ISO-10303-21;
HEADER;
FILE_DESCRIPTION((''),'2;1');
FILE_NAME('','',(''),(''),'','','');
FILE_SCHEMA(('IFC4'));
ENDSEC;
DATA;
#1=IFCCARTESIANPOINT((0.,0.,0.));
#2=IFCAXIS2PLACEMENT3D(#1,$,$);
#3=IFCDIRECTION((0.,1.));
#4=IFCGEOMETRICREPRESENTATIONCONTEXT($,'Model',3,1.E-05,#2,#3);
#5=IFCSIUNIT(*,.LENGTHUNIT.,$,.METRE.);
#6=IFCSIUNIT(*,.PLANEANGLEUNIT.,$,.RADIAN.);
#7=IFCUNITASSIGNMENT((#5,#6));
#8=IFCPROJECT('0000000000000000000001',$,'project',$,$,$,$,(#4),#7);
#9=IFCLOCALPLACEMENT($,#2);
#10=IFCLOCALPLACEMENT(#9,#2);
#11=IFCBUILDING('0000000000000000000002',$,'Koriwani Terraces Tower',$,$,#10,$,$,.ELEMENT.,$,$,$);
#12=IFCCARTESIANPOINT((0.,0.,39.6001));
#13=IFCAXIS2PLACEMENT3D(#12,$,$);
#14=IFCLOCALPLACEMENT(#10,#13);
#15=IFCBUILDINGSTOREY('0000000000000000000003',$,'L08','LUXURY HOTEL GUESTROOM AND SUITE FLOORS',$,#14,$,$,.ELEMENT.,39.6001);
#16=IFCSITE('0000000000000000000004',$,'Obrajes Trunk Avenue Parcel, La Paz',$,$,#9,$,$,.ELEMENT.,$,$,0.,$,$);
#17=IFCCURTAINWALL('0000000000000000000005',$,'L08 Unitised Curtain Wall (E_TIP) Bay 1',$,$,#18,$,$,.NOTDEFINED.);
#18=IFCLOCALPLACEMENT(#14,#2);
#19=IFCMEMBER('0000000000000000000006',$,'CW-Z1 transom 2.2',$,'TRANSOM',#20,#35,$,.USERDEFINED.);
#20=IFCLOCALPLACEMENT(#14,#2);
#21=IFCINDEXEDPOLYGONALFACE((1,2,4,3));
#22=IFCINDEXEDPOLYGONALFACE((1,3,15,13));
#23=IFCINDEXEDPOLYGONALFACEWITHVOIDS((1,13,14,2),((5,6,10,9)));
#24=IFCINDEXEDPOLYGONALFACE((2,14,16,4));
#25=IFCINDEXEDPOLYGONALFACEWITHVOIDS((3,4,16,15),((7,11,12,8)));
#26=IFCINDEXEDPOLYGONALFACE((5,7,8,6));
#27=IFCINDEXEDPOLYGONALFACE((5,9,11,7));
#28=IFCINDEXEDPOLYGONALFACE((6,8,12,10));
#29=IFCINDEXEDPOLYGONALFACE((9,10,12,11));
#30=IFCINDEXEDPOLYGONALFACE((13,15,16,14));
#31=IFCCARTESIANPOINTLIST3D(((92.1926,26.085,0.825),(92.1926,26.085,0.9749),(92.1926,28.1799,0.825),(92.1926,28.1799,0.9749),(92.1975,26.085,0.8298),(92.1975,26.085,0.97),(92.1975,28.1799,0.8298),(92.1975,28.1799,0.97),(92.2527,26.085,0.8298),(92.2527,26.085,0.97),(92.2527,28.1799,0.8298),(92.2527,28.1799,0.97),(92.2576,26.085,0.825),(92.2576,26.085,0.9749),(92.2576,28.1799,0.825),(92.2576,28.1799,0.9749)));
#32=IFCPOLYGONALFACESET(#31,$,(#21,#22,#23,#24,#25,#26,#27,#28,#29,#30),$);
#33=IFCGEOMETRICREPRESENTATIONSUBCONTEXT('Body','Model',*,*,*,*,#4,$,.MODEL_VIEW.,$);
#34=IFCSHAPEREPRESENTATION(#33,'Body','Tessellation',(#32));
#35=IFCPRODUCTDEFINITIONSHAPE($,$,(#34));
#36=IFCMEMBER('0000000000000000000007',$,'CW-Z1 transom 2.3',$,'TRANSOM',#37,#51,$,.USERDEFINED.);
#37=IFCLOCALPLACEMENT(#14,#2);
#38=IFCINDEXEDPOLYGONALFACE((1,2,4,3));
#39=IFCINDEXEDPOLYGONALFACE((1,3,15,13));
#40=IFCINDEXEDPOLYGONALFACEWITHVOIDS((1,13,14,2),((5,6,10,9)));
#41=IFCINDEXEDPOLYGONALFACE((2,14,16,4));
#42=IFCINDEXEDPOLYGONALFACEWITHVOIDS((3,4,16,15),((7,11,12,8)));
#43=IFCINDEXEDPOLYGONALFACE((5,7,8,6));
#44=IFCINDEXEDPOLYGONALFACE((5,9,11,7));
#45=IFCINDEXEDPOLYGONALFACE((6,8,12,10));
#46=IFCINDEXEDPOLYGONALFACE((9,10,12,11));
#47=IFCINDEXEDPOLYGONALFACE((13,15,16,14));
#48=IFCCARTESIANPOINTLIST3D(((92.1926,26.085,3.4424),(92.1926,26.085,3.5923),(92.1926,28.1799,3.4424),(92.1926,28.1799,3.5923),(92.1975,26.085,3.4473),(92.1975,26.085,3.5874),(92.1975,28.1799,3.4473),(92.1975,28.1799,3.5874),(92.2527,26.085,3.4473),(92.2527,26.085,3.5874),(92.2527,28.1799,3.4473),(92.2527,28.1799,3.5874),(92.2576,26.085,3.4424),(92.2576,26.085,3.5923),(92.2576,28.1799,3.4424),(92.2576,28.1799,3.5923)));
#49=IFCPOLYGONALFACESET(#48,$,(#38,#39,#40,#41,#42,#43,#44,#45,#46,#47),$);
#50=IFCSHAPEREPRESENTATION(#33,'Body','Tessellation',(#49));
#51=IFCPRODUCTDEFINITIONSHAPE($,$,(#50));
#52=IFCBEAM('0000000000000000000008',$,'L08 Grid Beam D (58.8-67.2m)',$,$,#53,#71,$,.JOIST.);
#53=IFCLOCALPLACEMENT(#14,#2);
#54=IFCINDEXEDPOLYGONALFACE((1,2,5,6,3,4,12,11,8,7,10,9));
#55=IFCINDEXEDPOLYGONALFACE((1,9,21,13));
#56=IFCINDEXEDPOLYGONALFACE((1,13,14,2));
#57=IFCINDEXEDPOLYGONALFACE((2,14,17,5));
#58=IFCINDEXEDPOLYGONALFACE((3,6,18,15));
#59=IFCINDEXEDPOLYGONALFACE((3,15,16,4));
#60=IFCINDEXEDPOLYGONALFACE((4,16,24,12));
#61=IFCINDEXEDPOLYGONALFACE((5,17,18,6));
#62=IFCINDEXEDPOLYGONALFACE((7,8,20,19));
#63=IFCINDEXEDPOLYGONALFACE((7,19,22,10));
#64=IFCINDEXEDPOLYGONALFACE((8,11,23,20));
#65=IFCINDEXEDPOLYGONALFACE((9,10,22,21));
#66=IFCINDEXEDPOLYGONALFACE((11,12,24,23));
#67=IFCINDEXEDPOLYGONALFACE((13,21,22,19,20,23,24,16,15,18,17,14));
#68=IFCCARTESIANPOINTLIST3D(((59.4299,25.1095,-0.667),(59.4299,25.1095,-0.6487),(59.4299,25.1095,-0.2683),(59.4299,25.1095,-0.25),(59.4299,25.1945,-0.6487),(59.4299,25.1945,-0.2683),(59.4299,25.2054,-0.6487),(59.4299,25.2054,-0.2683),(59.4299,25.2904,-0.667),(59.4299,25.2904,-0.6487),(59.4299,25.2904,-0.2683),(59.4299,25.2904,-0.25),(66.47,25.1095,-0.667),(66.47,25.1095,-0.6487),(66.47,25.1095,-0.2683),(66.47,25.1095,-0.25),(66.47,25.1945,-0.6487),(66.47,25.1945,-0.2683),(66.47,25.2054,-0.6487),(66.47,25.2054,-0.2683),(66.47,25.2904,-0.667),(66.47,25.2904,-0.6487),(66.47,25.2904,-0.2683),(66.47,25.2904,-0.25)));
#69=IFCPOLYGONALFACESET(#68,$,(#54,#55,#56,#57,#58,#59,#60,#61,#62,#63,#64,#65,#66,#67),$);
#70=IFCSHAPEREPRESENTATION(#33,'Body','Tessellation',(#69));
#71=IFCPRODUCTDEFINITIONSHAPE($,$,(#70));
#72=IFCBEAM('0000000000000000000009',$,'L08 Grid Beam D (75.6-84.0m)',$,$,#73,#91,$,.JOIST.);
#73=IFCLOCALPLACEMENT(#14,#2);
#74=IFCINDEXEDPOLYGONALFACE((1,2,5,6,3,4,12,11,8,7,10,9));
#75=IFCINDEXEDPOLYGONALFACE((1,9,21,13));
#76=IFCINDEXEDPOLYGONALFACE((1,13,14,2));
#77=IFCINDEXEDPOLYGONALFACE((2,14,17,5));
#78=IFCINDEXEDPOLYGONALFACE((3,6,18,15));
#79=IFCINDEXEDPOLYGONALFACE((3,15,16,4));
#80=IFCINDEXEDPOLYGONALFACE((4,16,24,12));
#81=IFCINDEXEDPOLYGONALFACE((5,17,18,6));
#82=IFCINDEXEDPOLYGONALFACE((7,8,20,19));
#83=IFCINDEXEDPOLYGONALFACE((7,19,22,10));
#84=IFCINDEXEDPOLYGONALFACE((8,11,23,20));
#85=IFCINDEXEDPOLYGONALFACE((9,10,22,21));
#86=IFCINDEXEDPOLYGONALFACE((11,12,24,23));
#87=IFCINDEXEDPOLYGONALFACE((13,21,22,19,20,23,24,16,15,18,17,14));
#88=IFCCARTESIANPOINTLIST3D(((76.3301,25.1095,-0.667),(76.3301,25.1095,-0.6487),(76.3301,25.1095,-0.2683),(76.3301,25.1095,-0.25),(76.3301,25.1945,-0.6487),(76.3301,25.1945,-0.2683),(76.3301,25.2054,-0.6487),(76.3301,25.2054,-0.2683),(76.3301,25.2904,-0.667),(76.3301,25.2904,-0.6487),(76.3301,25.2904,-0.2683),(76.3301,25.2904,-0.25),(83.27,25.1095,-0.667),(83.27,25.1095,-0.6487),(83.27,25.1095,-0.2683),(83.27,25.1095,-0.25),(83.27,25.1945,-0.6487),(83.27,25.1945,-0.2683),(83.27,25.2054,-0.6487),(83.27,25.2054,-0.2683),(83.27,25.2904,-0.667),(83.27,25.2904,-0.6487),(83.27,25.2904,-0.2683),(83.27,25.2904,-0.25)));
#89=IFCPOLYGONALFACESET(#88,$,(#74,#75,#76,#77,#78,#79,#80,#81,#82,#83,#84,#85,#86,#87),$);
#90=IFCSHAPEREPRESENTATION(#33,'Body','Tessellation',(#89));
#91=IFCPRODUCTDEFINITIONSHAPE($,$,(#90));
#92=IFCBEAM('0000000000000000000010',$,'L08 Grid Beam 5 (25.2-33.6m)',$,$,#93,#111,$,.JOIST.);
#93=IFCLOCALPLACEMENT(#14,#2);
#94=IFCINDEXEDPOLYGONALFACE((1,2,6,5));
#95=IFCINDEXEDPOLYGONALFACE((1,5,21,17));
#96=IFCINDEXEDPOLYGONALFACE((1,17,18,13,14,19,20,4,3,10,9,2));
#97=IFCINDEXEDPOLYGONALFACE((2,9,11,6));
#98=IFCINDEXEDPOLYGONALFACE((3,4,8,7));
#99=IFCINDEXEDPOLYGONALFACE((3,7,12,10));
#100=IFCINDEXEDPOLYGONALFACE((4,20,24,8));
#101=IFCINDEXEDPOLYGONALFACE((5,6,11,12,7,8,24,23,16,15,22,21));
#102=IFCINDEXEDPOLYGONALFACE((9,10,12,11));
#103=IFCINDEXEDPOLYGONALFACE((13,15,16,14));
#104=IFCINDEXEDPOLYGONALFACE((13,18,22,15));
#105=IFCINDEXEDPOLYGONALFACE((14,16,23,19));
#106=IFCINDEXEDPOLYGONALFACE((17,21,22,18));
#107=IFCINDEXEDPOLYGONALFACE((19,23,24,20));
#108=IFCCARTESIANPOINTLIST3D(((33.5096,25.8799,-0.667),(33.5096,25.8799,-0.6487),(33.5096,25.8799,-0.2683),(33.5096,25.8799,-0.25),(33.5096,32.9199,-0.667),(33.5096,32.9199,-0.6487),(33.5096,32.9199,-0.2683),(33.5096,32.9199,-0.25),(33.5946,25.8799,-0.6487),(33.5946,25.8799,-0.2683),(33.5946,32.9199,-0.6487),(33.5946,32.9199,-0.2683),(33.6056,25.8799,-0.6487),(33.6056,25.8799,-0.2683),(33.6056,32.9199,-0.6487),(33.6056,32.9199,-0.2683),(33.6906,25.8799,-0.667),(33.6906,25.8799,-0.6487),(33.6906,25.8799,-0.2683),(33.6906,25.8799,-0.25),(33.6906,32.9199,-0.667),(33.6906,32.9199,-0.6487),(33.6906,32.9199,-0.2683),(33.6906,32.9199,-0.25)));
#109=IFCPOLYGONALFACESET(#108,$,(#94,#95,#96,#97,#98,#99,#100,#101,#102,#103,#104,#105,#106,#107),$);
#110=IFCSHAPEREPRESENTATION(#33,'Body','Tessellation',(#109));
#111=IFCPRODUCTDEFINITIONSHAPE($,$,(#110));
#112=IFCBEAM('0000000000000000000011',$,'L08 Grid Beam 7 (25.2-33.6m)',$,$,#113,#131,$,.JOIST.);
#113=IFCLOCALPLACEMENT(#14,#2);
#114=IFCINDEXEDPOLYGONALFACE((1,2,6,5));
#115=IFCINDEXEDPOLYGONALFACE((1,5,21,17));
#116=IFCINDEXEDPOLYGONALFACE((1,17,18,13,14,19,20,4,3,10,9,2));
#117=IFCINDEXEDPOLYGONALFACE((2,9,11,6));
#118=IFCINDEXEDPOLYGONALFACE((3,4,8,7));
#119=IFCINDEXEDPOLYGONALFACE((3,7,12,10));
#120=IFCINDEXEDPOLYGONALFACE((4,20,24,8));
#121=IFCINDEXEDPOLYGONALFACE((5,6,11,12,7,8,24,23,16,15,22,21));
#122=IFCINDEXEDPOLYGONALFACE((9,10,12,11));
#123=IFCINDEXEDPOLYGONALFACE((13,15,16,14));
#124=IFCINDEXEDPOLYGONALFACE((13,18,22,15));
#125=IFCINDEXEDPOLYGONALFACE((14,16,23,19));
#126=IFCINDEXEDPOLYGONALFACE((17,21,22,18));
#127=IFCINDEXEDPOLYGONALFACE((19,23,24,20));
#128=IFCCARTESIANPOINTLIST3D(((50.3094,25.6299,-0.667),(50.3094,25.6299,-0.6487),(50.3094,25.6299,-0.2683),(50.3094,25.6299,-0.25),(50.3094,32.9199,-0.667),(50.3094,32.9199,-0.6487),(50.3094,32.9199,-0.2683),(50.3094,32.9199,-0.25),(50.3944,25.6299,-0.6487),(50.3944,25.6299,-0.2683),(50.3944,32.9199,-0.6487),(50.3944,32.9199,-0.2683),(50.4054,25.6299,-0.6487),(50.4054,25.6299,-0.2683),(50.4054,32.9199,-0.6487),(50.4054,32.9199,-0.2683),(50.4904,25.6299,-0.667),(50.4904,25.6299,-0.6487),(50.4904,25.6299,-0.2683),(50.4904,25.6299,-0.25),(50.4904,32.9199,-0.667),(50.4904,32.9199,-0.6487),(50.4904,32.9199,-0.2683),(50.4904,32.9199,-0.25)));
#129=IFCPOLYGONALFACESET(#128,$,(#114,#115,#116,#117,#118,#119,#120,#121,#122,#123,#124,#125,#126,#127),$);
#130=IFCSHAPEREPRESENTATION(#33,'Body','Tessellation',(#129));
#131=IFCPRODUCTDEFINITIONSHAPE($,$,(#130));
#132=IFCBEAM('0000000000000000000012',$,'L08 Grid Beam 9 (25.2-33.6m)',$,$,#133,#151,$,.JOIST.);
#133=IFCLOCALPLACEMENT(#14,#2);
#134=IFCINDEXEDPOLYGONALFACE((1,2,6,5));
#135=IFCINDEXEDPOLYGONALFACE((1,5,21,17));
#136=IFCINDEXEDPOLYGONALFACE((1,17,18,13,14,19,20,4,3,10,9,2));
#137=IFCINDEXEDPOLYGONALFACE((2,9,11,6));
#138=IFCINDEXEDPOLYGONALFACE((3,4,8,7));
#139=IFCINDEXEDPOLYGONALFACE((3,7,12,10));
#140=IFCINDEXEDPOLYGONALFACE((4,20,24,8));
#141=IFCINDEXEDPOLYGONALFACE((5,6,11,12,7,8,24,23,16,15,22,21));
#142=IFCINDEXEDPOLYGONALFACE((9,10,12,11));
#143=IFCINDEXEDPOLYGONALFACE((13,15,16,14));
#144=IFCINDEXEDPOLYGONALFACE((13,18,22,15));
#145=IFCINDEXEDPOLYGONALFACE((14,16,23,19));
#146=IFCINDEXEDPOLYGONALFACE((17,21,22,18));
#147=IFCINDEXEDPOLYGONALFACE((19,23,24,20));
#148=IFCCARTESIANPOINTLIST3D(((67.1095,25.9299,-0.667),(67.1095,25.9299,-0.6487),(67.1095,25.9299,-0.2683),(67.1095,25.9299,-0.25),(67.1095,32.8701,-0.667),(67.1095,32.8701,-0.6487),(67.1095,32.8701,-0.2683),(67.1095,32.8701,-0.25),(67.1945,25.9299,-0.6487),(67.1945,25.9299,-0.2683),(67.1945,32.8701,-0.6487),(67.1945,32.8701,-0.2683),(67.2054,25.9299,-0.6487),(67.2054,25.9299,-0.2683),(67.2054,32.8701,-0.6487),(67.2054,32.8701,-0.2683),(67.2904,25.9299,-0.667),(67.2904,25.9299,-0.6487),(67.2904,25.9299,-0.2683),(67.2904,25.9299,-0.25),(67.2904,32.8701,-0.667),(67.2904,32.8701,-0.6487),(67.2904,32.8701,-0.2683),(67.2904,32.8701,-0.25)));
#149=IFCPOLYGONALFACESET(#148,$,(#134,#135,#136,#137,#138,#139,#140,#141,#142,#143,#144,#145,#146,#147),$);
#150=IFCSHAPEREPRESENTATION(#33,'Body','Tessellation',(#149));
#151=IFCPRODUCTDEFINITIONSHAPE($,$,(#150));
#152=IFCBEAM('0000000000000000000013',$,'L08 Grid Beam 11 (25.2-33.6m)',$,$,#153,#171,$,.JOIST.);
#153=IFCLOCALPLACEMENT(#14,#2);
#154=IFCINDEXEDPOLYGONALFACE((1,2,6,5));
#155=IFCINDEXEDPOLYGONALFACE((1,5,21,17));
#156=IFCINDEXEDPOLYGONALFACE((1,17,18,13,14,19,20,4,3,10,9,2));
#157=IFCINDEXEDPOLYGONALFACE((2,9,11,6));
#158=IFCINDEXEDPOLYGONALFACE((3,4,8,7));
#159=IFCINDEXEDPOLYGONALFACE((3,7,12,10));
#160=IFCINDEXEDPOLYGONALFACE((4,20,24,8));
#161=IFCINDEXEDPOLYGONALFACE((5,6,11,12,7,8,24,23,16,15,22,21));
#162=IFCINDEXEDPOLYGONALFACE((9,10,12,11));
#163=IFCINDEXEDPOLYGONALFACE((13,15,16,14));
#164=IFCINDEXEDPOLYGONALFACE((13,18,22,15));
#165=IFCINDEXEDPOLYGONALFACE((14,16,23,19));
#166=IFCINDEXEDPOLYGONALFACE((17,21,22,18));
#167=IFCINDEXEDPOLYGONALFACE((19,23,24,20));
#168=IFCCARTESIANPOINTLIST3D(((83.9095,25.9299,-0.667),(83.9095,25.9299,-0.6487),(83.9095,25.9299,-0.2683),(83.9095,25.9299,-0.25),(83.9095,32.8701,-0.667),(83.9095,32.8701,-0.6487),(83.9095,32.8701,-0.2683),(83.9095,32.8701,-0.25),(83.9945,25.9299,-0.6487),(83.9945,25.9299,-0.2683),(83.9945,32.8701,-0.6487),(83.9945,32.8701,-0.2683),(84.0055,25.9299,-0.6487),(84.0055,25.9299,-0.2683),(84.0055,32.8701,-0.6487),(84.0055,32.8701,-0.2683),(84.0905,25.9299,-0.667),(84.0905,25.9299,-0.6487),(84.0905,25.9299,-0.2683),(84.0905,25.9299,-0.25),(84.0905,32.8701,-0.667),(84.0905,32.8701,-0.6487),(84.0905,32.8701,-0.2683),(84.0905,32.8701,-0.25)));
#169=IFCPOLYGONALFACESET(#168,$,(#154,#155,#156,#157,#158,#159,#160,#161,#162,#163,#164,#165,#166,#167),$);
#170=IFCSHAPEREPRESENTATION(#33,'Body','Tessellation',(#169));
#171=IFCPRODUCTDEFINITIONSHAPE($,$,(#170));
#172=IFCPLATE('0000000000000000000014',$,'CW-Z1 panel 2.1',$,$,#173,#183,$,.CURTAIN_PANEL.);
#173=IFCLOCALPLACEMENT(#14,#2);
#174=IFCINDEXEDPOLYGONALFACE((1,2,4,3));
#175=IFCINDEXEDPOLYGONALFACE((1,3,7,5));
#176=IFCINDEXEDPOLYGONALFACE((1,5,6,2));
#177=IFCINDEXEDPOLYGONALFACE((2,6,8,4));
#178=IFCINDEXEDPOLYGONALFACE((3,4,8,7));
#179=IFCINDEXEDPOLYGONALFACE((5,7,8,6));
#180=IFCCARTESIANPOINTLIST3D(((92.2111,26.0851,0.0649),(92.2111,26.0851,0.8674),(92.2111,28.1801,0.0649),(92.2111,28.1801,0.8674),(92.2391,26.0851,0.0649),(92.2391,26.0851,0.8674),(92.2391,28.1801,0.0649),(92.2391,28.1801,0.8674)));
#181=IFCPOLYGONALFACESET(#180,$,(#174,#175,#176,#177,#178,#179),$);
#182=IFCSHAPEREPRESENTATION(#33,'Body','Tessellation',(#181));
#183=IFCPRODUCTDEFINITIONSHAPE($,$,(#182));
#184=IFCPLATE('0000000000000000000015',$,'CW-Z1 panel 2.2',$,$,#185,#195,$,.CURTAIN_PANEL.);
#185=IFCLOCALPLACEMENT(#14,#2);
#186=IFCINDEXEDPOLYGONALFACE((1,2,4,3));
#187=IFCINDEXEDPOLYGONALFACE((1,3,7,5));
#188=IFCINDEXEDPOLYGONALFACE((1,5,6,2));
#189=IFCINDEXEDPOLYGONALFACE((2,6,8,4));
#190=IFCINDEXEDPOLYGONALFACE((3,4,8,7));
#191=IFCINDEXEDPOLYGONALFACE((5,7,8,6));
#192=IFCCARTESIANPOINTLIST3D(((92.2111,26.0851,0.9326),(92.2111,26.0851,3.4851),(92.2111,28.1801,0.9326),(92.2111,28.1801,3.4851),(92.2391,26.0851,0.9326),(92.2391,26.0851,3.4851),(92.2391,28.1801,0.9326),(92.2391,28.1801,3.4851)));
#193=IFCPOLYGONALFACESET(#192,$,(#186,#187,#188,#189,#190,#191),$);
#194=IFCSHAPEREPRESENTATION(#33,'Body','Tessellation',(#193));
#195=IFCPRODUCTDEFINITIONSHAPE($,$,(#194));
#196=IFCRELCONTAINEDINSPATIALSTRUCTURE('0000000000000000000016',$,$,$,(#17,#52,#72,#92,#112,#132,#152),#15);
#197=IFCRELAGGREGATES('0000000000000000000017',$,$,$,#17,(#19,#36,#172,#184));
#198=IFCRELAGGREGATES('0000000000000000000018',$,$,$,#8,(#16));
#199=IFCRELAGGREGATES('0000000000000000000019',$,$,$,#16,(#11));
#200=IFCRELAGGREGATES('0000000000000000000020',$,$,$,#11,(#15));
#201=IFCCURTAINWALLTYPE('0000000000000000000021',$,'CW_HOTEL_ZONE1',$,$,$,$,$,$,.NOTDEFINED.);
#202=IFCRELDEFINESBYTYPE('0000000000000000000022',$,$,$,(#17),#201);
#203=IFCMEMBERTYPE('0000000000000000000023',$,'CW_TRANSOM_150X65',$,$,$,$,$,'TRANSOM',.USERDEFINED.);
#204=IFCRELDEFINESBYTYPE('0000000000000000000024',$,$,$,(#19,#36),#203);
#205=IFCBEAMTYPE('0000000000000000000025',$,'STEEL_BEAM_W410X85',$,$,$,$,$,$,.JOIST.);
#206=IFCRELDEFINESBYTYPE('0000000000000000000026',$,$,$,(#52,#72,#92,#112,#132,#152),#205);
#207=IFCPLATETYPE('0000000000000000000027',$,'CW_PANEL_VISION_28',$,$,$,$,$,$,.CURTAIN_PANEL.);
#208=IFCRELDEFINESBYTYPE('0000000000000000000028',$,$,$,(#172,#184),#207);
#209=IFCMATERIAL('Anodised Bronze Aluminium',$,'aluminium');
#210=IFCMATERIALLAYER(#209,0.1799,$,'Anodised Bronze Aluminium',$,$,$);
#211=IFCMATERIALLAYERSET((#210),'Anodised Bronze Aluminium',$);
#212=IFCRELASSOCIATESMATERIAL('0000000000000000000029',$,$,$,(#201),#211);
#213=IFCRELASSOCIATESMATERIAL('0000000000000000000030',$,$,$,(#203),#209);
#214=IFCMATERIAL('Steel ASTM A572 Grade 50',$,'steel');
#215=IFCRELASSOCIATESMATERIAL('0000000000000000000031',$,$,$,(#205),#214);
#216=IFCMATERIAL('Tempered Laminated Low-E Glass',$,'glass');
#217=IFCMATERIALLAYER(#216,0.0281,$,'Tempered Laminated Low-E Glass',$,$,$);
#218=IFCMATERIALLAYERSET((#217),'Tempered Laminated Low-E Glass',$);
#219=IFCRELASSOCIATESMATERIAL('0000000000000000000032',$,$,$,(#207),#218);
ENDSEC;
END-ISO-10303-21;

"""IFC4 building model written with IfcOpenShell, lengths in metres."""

from ifc_helpers import new_model, si_unit, direction, frame, origin, origin_2d, place, context, subcontext, project, spatial, rectangle, hollow_rectangle, i_section, extrude, material, layer, layer_set, material_profile, profile_set, type_object, element, aggregate, save


model = new_model("IFC4")

# Units and contexts
model_context = context("Model", 3, precision=1e-05, world=origin(), true_north=direction((0.0, 1.0)))
body_context = subcontext(model_context, "Body", "Model", "MODEL_VIEW")
ifc_project = project(units=[si_unit("LENGTHUNIT", "METRE"), si_unit("PLANEANGLEUNIT", "RADIAN")], contexts=[model_context])

# Site, building, storey
site_placement = place(None, origin())
site = spatial("IfcSite", under=ifc_project, at=site_placement, Name="Obrajes Trunk Avenue Parcel, La Paz", CompositionType="ELEMENT", RefElevation=0.0)
building_placement = place(site_placement, origin())
building = spatial("IfcBuilding", under=site, at=building_placement, Name="Koriwani Terraces Tower", CompositionType="ELEMENT")
storey_placement = place(building_placement, frame((0.0, 0.0, 39.6001)))
storey = spatial("IfcBuildingStorey", under=building, at=storey_placement, Name="L08", Description="LUXURY HOTEL GUESTROOM AND SUITE FLOORS", CompositionType="ELEMENT", Elevation=39.6001)

# Curtain wall, members
ifc_material_1 = material(Name="Anodised Bronze Aluminium", Category="aluminium")
ifc_layer_1 = layer(ifc_material_1, 0.1799, Name="Anodised Bronze Aluminium")
ifc_layer_set_1 = layer_set([ifc_layer_1], Name="Anodised Bronze Aluminium")
curtain_wall_type = type_object("IfcCurtainWallType", Name="CW_HOTEL_ZONE1", PredefinedType="NOTDEFINED", material=ifc_layer_set_1)
curtain_wall_placement = place(storey_placement, origin())
curtain_wall = element("IfcCurtainWall", 1, at=curtain_wall_placement, inside=storey, type_object=curtain_wall_type, Name="L08 Unitised Curtain Wall (E_TIP) Bay 1", PredefinedType="NOTDEFINED")
ifc_material_profile_1 = material_profile(ifc_material_1, hollow_rectangle(XDim=0.0649, YDim=0.1499, WallThickness=0.0049, at=origin_2d()), Name="Anodised Bronze Aluminium", Category="LoadBearing")
ifc_profile_set_1 = profile_set([ifc_material_profile_1], Name="Anodised Bronze Aluminium")
member_type_1 = type_object("IfcMemberType", Name="CW_TRANSOM_150X65", ElementType="TRANSOM", PredefinedType="USERDEFINED", material=ifc_profile_set_1)
member_1_placement = place(storey_placement, frame((92.2251, 28.1799, 0.8999), z_axis=(0.0, -1.0, 0.0), x_axis=(1.0, 0.0, 0.0)))
member_1 = element("IfcMember", 2, at=member_1_placement, type_object=member_type_1, Name="CW-Z1 transom 2.2", ObjectType="TRANSOM", PredefinedType="USERDEFINED", context=body_context, shape_type="SweptSolid", body=[
    extrude(hollow_rectangle(XDim=0.0649, YDim=0.1499, WallThickness=0.0049, at=origin_2d()), origin(), (0.0, 0.0, 1.0), 2.095),
])
member_2_placement = place(storey_placement, frame((92.2251, 28.1799, 3.5173), z_axis=(0.0, -1.0, 0.0), x_axis=(1.0, 0.0, 0.0)))
member_2 = element("IfcMember", 3, at=member_2_placement, type_object=member_type_1, Name="CW-Z1 transom 2.3", ObjectType="TRANSOM", PredefinedType="USERDEFINED", context=body_context, shape_type="SweptSolid", body=[
    extrude(hollow_rectangle(XDim=0.0649, YDim=0.1499, WallThickness=0.0049, at=origin_2d()), origin(), (0.0, 0.0, 1.0), 2.095),
])

# Beams
ifc_material_2 = material(Name="Steel ASTM A572 Grade 50", Category="steel")
ifc_material_profile_2 = material_profile(ifc_material_2, i_section(OverallWidth=0.1809, OverallDepth=0.417, WebThickness=0.011, FlangeThickness=0.0183, at=origin_2d()), Name="Steel ASTM A572 Grade 50", Category="LoadBearing")
ifc_profile_set_2 = profile_set([ifc_material_profile_2], Name="Steel ASTM A572 Grade 50")
beam_type_1 = type_object("IfcBeamType", Name="STEEL_BEAM_W410X85", PredefinedType="JOIST", material=ifc_profile_set_2)
beam_1_placement = place(storey_placement, frame((59.4299, 25.2, -0.4585), z_axis=(1.0, 0.0, 0.0), x_axis=(0.0, 1.0, 0.0)))
element("IfcBeam", 4, at=beam_1_placement, inside=storey, type_object=beam_type_1, Name="L08 Grid Beam D (58.8-67.2m)", PredefinedType="JOIST", context=body_context, shape_type="SweptSolid", body=[
    extrude(i_section(OverallWidth=0.1809, OverallDepth=0.417, WebThickness=0.011, FlangeThickness=0.0183, at=origin_2d()), origin(), (0.0, 0.0, 1.0), 7.04),
])
beam_2_placement = place(storey_placement, frame((76.3301, 25.2, -0.4585), z_axis=(1.0, 0.0, 0.0), x_axis=(0.0, 1.0, 0.0)))
element("IfcBeam", 5, at=beam_2_placement, inside=storey, type_object=beam_type_1, Name="L08 Grid Beam D (75.6-84.0m)", PredefinedType="JOIST", context=body_context, shape_type="SweptSolid", body=[
    extrude(i_section(OverallWidth=0.1809, OverallDepth=0.417, WebThickness=0.011, FlangeThickness=0.0183, at=origin_2d()), origin(), (0.0, 0.0, 1.0), 6.9399),
])
beam_3_placement = place(storey_placement, frame((33.6001, 25.8799, -0.4585), z_axis=(0.0, 1.0, 0.0), x_axis=(-1.0, 0.0, 0.0)))
element("IfcBeam", 6, at=beam_3_placement, inside=storey, type_object=beam_type_1, Name="L08 Grid Beam 5 (25.2-33.6m)", PredefinedType="JOIST", context=body_context, shape_type="SweptSolid", body=[
    extrude(i_section(OverallWidth=0.1809, OverallDepth=0.417, WebThickness=0.011, FlangeThickness=0.0183, at=origin_2d()), origin(), (0.0, 0.0, 1.0), 7.04),
])
beam_4_placement = place(storey_placement, frame((50.3999, 25.6299, -0.4585), z_axis=(0.0, 1.0, 0.0), x_axis=(-1.0, 0.0, 0.0)))
element("IfcBeam", 7, at=beam_4_placement, inside=storey, type_object=beam_type_1, Name="L08 Grid Beam 7 (25.2-33.6m)", PredefinedType="JOIST", context=body_context, shape_type="SweptSolid", body=[
    extrude(i_section(OverallWidth=0.1809, OverallDepth=0.417, WebThickness=0.011, FlangeThickness=0.0183, at=origin_2d()), origin(), (0.0, 0.0, 1.0), 7.29),
])
for number, where, z_axis, x_axis, name in (
    (8, (67.2, 25.9299, -0.4585), (0.0, 1.0, 0.0), (-1.0, 0.0, 0.0), "L08 Grid Beam 9 (25.2-33.6m)"),
    (9, (84.0, 25.9299, -0.4585), (0.0, 1.0, 0.0), (-1.0, 0.0, 0.0), "L08 Grid Beam 11 (25.2-33.6m)"),
):
    element("IfcBeam", number, at=place(storey_placement, frame(where, z_axis=z_axis, x_axis=x_axis)), inside=storey, type_object=beam_type_1, Name=name, PredefinedType="JOIST", context=body_context, shape_type="SweptSolid", body=[
        extrude(i_section(OverallWidth=0.1809, OverallDepth=0.417, WebThickness=0.011, FlangeThickness=0.0183, at=origin_2d()), origin(), (0.0, 0.0, 1.0), 6.9402),
    ])

# Plates
ifc_material_3 = material(Name="Tempered Laminated Low-E Glass", Category="glass")
ifc_layer_2 = layer(ifc_material_3, 0.0281, Name="Tempered Laminated Low-E Glass")
ifc_layer_set_2 = layer_set([ifc_layer_2], Name="Tempered Laminated Low-E Glass")
plate_type = type_object("IfcPlateType", Name="CW_PANEL_VISION_28", PredefinedType="CURTAIN_PANEL", material=ifc_layer_set_2)
plate_1_placement = place(storey_placement, frame((92.2251, 27.1326, 0.0649), z_axis=(0.0, 0.0, 1.0), x_axis=(0.0, -1.0, 0.0)))
plate_1 = element("IfcPlate", 10, at=plate_1_placement, type_object=plate_type, Name="CW-Z1 panel 2.1", PredefinedType="CURTAIN_PANEL", context=body_context, shape_type="SweptSolid", body=[
    extrude(rectangle(XDim=2.095, YDim=0.0281, at=origin_2d()), origin(), (0.0, 0.0, 1.0), 0.8025),
])
plate_2_placement = place(storey_placement, frame((92.2251, 27.1326, 0.9326), z_axis=(0.0, 0.0, 1.0), x_axis=(0.0, -1.0, 0.0)))
plate_2 = element("IfcPlate", 11, at=plate_2_placement, type_object=plate_type, Name="CW-Z1 panel 2.2", PredefinedType="CURTAIN_PANEL", context=body_context, shape_type="SweptSolid", body=[
    extrude(rectangle(XDim=2.095, YDim=0.0281, at=origin_2d()), origin(), (0.0, 0.0, 1.0), 2.5525),
])
aggregate(curtain_wall, [member_1, member_2, plate_1, plate_2])

save(model, "model.ifc")
